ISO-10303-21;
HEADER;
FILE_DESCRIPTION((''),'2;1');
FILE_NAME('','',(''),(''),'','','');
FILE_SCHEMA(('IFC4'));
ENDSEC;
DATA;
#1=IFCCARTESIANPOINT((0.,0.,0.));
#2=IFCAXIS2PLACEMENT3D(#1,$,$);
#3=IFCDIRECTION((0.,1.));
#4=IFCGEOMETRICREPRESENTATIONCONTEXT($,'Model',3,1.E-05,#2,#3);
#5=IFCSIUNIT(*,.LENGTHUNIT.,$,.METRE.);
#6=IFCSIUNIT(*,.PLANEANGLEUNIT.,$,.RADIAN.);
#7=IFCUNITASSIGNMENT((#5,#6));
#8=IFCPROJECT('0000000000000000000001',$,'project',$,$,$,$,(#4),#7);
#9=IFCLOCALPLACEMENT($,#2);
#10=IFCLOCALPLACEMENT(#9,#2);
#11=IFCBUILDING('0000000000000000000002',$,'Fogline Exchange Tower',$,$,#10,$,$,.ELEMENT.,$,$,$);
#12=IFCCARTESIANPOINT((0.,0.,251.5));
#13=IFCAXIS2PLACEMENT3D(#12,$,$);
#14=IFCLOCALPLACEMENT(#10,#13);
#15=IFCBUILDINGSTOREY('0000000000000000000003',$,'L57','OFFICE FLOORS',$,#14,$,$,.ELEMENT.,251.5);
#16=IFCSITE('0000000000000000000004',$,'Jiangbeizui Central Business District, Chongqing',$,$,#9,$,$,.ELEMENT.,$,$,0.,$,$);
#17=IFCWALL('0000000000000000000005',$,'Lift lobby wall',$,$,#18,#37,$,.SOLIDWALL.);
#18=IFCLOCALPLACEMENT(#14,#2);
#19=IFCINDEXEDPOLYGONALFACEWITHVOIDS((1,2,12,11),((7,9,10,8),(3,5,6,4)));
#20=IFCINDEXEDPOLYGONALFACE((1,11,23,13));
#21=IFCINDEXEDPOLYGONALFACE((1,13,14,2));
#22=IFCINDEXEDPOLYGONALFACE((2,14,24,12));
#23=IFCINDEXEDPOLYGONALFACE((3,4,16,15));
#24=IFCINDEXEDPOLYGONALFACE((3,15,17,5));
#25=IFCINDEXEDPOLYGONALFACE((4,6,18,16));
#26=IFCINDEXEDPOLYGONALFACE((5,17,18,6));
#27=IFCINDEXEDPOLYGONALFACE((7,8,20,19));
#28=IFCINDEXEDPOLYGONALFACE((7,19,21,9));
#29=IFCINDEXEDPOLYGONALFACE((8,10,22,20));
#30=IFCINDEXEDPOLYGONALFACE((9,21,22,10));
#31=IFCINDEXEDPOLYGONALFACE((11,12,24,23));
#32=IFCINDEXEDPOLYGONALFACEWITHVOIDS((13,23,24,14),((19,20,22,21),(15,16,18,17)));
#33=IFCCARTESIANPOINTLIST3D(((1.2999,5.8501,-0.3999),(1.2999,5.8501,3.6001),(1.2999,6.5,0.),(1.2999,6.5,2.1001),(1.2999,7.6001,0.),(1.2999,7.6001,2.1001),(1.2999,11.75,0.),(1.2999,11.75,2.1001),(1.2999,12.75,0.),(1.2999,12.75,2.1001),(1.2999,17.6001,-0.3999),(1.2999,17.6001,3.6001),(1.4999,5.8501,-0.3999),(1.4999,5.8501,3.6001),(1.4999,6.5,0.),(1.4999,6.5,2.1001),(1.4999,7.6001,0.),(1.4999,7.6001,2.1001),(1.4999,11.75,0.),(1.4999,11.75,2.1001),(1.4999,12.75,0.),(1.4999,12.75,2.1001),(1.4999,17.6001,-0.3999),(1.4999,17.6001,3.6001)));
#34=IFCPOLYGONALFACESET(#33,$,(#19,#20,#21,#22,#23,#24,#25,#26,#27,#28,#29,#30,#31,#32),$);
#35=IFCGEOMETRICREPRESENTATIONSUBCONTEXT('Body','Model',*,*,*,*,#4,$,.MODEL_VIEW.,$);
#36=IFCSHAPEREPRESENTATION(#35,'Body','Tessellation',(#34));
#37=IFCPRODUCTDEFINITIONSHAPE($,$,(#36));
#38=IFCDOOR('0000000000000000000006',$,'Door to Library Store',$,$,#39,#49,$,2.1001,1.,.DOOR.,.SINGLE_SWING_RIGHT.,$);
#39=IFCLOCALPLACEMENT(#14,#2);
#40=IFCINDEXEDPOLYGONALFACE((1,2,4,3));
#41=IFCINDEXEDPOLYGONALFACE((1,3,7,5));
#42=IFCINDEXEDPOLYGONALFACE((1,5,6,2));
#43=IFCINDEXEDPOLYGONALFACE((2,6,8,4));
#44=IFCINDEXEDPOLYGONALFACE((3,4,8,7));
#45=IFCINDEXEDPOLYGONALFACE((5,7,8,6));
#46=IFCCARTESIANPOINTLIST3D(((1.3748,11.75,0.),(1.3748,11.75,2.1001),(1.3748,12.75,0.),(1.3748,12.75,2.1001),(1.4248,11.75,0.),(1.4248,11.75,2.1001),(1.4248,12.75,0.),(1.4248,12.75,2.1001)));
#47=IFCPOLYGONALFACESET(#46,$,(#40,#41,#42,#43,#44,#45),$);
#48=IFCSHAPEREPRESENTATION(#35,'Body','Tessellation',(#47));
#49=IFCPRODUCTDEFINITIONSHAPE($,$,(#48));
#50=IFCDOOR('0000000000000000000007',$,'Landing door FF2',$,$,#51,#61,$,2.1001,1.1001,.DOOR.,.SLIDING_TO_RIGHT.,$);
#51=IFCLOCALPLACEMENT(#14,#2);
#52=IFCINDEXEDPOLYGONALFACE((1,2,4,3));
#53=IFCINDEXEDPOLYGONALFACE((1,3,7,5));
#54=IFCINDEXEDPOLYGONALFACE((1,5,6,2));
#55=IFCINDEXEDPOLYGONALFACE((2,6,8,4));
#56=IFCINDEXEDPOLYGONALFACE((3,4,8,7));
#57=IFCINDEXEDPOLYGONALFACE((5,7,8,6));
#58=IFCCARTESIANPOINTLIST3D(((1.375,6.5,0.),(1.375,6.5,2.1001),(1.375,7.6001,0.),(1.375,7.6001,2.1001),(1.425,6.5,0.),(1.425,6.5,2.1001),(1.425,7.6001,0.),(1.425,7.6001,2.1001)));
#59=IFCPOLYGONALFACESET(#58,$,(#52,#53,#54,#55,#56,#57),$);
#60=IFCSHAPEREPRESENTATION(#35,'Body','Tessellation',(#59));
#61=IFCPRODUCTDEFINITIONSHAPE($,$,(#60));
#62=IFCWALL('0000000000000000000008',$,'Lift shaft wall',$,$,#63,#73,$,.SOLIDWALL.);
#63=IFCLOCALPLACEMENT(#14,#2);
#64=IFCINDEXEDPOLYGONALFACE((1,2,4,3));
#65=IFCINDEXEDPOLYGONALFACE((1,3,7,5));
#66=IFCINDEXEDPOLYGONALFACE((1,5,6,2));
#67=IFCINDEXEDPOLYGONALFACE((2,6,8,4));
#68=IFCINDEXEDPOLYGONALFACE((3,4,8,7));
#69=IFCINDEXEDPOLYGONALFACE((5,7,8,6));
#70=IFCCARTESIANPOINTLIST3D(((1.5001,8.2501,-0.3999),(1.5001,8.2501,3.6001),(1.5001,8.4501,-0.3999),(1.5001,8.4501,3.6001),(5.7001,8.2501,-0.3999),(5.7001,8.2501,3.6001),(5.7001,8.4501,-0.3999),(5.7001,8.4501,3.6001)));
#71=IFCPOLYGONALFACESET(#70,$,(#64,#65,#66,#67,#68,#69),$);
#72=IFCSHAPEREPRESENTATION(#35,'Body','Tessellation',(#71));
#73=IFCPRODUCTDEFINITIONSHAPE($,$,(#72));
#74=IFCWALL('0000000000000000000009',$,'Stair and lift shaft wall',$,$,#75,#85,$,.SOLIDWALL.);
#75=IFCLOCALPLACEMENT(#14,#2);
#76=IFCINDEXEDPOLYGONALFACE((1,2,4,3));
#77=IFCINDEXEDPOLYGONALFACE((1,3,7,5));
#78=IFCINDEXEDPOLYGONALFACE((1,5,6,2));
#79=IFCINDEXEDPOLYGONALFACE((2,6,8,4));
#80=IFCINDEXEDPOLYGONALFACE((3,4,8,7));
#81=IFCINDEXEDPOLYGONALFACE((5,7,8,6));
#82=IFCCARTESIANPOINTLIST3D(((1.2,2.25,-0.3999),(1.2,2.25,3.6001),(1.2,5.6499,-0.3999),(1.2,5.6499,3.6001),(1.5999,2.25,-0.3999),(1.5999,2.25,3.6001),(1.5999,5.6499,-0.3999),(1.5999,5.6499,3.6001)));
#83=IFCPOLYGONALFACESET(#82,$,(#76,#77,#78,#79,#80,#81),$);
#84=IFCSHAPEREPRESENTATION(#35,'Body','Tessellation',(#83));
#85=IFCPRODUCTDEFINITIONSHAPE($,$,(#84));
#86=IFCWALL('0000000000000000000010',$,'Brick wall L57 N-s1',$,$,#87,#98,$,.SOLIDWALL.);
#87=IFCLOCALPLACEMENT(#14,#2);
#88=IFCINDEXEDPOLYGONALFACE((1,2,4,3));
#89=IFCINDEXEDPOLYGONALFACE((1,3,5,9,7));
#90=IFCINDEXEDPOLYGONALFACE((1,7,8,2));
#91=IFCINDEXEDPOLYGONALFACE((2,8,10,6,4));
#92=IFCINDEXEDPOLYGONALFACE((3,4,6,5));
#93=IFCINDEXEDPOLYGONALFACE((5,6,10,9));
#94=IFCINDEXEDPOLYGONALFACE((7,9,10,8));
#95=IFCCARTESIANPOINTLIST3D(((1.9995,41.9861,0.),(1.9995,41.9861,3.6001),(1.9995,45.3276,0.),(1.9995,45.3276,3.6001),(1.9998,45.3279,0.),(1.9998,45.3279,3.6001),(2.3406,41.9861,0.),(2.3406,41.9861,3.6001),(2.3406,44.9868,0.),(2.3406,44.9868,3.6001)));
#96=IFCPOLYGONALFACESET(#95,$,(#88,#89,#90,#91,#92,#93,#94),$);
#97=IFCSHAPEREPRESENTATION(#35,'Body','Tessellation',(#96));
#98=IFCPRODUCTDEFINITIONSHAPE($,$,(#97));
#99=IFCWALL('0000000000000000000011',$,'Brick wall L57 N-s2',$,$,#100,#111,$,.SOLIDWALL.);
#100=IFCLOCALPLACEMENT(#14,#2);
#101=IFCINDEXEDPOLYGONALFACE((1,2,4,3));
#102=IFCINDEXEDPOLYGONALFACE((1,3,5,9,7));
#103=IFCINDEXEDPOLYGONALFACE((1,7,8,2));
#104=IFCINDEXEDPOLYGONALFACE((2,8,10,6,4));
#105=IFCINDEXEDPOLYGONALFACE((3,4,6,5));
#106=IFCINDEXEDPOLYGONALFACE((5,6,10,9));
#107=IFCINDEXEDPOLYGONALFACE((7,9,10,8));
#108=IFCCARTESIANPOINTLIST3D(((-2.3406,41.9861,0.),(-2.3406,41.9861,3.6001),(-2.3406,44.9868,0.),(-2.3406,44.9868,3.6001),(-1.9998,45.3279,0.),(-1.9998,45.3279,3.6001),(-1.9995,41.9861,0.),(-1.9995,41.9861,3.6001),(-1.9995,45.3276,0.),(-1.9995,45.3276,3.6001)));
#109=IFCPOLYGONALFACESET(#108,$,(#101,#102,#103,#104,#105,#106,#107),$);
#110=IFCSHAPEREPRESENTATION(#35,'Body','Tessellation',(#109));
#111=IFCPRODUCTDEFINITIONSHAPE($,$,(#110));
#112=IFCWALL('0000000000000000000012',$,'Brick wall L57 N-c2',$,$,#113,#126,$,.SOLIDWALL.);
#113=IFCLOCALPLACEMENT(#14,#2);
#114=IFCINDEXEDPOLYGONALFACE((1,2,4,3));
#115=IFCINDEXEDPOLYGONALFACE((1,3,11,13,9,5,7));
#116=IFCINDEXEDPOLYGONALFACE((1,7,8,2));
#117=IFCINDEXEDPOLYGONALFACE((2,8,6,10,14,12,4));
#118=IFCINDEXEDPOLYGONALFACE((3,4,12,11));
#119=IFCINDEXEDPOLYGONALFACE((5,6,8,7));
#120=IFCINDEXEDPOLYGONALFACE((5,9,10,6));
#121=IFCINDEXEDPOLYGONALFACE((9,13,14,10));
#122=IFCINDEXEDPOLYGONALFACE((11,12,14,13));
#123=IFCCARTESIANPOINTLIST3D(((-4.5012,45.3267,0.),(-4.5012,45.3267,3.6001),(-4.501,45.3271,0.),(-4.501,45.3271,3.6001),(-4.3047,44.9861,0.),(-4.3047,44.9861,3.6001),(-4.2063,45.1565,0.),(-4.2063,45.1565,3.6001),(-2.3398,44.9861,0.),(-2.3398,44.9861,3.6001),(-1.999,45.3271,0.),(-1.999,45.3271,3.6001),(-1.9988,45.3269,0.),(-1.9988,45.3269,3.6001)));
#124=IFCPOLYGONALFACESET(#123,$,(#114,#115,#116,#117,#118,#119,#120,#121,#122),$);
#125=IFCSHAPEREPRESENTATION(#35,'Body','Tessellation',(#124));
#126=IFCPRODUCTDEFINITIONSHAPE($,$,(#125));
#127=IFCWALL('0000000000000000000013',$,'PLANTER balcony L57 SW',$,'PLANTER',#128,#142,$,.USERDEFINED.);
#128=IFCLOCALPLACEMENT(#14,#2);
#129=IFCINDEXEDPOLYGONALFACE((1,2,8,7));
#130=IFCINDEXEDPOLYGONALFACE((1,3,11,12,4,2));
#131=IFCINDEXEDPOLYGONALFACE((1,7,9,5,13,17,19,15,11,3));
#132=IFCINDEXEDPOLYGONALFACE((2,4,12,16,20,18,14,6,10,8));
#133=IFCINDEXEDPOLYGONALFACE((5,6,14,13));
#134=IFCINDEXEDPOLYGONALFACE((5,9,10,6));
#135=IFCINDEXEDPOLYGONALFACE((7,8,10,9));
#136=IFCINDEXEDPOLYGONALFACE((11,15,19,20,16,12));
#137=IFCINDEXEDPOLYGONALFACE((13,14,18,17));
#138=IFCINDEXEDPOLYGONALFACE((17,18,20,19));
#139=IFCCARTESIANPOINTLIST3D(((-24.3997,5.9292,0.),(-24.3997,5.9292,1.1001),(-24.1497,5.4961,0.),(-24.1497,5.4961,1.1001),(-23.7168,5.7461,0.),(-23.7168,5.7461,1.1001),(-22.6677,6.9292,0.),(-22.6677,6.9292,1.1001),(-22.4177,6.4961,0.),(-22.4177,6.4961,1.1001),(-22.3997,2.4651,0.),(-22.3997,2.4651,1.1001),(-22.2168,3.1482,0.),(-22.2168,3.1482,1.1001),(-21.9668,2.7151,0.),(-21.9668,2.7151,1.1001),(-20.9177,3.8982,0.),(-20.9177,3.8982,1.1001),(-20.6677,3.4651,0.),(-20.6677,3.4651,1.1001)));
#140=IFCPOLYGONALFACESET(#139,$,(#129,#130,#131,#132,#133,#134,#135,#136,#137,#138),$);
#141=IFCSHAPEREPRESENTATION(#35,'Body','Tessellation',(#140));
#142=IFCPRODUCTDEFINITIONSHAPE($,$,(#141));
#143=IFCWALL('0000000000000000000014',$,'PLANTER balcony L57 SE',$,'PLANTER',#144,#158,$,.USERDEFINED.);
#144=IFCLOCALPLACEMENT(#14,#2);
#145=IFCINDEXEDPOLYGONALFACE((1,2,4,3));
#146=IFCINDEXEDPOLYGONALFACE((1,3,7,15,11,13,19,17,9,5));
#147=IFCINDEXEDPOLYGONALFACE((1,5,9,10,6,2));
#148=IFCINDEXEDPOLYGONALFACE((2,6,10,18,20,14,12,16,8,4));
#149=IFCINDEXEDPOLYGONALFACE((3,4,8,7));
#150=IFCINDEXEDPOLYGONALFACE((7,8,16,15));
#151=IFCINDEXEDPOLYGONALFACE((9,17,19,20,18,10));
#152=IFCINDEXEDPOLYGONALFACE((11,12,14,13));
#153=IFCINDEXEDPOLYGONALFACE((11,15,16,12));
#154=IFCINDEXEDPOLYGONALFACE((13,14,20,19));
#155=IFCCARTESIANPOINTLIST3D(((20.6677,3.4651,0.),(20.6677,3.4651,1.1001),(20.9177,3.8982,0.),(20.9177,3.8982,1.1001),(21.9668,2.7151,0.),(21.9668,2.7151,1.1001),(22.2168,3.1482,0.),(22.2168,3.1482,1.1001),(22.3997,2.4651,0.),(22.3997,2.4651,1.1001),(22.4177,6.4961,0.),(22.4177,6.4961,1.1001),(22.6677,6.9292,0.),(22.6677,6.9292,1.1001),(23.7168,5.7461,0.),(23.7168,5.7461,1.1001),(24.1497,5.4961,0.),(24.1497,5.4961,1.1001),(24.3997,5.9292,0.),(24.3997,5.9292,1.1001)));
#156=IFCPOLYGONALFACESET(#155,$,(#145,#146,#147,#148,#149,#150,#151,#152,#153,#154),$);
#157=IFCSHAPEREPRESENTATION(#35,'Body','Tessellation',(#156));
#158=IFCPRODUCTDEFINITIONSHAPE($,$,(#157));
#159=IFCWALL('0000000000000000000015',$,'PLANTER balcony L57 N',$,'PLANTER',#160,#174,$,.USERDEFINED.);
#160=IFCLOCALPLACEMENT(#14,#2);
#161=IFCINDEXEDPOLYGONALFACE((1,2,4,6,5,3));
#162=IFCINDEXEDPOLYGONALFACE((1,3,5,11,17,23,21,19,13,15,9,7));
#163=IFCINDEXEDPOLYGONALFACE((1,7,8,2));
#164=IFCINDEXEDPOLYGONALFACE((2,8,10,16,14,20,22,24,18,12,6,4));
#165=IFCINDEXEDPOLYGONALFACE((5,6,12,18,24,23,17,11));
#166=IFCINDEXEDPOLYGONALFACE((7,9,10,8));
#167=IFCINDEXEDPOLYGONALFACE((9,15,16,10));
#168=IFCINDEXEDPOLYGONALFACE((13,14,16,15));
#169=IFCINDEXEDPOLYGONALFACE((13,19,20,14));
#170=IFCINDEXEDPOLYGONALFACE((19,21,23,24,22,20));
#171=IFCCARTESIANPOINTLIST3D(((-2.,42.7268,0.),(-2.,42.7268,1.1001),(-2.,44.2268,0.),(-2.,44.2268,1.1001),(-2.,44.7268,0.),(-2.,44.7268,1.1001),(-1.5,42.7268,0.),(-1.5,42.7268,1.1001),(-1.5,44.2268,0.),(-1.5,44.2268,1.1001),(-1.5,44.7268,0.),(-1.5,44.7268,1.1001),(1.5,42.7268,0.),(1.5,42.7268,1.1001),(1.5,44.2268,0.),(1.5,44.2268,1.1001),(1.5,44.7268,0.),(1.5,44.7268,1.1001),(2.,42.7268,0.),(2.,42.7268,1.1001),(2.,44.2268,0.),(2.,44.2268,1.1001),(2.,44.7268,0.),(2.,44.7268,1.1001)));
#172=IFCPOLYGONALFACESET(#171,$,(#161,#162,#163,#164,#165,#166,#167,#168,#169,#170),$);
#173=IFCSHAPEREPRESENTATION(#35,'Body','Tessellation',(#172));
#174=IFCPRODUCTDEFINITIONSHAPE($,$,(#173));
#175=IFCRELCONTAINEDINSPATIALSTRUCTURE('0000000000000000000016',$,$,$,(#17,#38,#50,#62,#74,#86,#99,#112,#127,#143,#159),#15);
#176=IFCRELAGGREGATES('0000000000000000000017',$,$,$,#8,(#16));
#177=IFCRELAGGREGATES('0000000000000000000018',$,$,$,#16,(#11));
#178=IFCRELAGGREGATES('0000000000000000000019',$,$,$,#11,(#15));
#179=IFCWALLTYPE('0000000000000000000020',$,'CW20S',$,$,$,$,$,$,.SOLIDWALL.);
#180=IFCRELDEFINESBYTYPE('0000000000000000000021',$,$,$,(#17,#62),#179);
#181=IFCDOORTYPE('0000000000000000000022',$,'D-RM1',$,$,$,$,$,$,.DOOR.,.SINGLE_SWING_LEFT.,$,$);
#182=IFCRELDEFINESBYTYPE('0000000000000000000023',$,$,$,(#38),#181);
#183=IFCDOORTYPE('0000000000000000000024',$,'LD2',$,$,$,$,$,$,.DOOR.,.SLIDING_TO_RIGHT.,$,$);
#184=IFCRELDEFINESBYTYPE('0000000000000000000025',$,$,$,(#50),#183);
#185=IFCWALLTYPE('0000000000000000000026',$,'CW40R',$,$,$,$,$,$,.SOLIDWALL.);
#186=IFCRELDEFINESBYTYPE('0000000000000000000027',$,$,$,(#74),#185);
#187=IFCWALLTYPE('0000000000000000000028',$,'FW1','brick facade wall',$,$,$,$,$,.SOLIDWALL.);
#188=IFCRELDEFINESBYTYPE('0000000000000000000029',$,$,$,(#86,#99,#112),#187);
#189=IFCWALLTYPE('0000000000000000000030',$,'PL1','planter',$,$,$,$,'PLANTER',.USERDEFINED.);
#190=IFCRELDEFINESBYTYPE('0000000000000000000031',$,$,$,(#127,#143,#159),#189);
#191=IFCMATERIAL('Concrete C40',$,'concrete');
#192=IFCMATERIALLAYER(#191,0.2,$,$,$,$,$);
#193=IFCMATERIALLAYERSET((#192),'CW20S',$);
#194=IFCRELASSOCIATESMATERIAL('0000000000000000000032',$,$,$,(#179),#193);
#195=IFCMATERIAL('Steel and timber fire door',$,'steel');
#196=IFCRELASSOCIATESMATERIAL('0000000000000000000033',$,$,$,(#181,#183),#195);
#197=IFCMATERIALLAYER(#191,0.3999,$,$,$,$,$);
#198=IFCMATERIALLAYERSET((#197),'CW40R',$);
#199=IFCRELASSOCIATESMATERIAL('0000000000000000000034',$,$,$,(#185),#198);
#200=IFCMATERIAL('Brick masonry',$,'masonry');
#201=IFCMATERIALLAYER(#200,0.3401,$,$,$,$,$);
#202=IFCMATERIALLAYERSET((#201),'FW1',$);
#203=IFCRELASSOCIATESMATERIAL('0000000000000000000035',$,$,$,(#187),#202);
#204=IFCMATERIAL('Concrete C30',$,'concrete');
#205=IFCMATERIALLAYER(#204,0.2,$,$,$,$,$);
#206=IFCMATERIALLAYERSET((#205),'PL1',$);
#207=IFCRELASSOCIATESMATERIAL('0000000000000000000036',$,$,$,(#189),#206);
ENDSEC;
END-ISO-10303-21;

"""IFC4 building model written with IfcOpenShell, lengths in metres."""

from ifc_helpers import new_model, si_unit, direction, frame, frame_2d, origin, place, context, subcontext, project, spatial, polyline, rectangle, outline, extrude, material, layer, layer_set, type_object, element, fill, save


model = new_model("IFC4")

# Units and contexts
model_context = context("Model", 3, precision=1e-05, world=origin(), true_north=direction((0.0, 1.0)))
body_context = subcontext(model_context, "Body", "Model", "MODEL_VIEW")
ifc_project = project(units=[si_unit("LENGTHUNIT", "METRE"), si_unit("PLANEANGLEUNIT", "RADIAN")], contexts=[model_context])

# Site, building, storey
site_placement = place(None, origin())
site = spatial("IfcSite", under=ifc_project, at=site_placement, Name="Jiangbeizui Central Business District, Chongqing", CompositionType="ELEMENT", RefElevation=0.0)
building_placement = place(site_placement, origin())
building = spatial("IfcBuilding", under=site, at=building_placement, Name="Fogline Exchange Tower", CompositionType="ELEMENT")
storey_placement = place(building_placement, frame((0.0, 0.0, 251.5)))
storey = spatial("IfcBuildingStorey", under=building, at=storey_placement, Name="L57", Description="OFFICE FLOORS", CompositionType="ELEMENT", Elevation=251.5)

# Shared definitions
ifc_material_1 = material(Name="Concrete C40", Category="concrete")

# Shared definitions
ifc_material_2 = material(Name="Steel and timber fire door", Category="steel")

# Shared definitions
ifc_layer_1 = layer(ifc_material_1, 0.2)
ifc_layer_set_1 = layer_set([ifc_layer_1], Name="CW20S")
wall_type_1 = type_object("IfcWallType", Name="CW20S", PredefinedType="SOLIDWALL", material=ifc_layer_set_1)

# Wall, openings, doors
wall_1_placement = place(storey_placement, frame((1.3999, 5.8501, -0.3999), z_axis=(0.0, 0.0, 1.0), x_axis=(0.0, 1.0, 0.0)))
wall_1 = element("IfcWall", 1, at=wall_1_placement, inside=storey, type_object=wall_type_1, Name="Lift lobby wall", PredefinedType="SOLIDWALL", context=body_context, shape_type="SweptSolid", body=[
    extrude(rectangle(XDim=11.75, YDim=0.2, at=frame_2d((5.875, 0.0))), origin(), (0.0, 0.0, 1.0), 4.0),
])
opening_1_placement = place(wall_1_placement, frame((0.6499, 0.0, 0.3999)))
opening_1 = element("IfcOpeningElement", 2, at=opening_1_placement, cuts=wall_1, PredefinedType="OPENING", context=body_context, shape_type="SweptSolid", body=[
    extrude(rectangle(XDim=1.1001, YDim=2.1001, at=frame_2d((0.55, 1.05))), frame((0.0, 0.1099, 0.0), z_axis=(0.0, -1.0, 0.0), x_axis=(1.0, 0.0, 0.0)), (0.0, 0.0, 1.0), 0.22),
])
opening_2_placement = place(wall_1_placement, frame((5.8999, 0.0, 0.3999)))
opening_2 = element("IfcOpeningElement", 3, at=opening_2_placement, cuts=wall_1, PredefinedType="OPENING", context=body_context, shape_type="SweptSolid", body=[
    extrude(rectangle(XDim=1.0, YDim=2.1001, at=frame_2d((0.5, 1.05))), frame((0.0, 0.1099, 0.0), z_axis=(0.0, -1.0, 0.0), x_axis=(1.0, 0.0, 0.0)), (0.0, 0.0, 1.0), 0.22),
])
door_type_1 = type_object("IfcDoorType", Name="D-RM1", OperationType="SINGLE_SWING_LEFT", PredefinedType="DOOR", material=ifc_material_2)
door_1_placement = place(opening_2_placement, frame((1.0, 0.0, 0.0), z_axis=(0.0, 0.0, 1.0), x_axis=(-1.0, 0.0, 0.0)))
door_1 = element("IfcDoor", 4, at=door_1_placement, inside=storey, type_object=door_type_1, Name="Door to Library Store", OperationType="SINGLE_SWING_RIGHT", OverallHeight=2.1001, OverallWidth=1.0, PredefinedType="DOOR", context=body_context, shape_type="SweptSolid", body=[
    extrude(rectangle(XDim=1.0, YDim=2.1001, at=frame_2d((0.5, 1.05))), frame((0.0, 0.0249, 0.0), z_axis=(0.0, -1.0, 0.0), x_axis=(1.0, 0.0, 0.0)), (0.0, 0.0, 1.0), 0.05),
])
fill(opening_2, door_1)
door_type_2 = type_object("IfcDoorType", Name="LD2", OperationType="SLIDING_TO_RIGHT", PredefinedType="DOOR", material=ifc_material_2)
door_2_placement = place(opening_1_placement, origin())
door_2 = element("IfcDoor", 5, at=door_2_placement, inside=storey, type_object=door_type_2, Name="Landing door FF2", OperationType="SLIDING_TO_RIGHT", OverallHeight=2.1001, OverallWidth=1.1001, PredefinedType="DOOR", context=body_context, shape_type="SweptSolid", body=[
    extrude(rectangle(XDim=1.1001, YDim=2.1001, at=frame_2d((0.55, 1.05))), frame((0.0, 0.0249, 0.0), z_axis=(0.0, -1.0, 0.0), x_axis=(1.0, 0.0, 0.0)), (0.0, 0.0, 1.0), 0.05),
])
fill(opening_1, door_2)

# Walls
wall_2_placement = place(storey_placement, frame((1.5, 8.3501, -0.3999), z_axis=(0.0, 0.0, 1.0), x_axis=(1.0, 0.0, 0.0)))
element("IfcWall", 6, at=wall_2_placement, inside=storey, type_object=wall_type_1, Name="Lift shaft wall", PredefinedType="SOLIDWALL", context=body_context, shape_type="SweptSolid", body=[
    extrude(rectangle(XDim=4.2, YDim=0.2, at=frame_2d((2.1001, 0.0))), origin(), (0.0, 0.0, 1.0), 4.0),
])
ifc_layer_2 = layer(ifc_material_1, 0.3999)
ifc_layer_set_2 = layer_set([ifc_layer_2], Name="CW40R")
wall_type_2 = type_object("IfcWallType", Name="CW40R", PredefinedType="SOLIDWALL", material=ifc_layer_set_2)
wall_3_placement = place(storey_placement, frame((1.3999, 2.25, -0.3999), z_axis=(0.0, 0.0, 1.0), x_axis=(0.0, 1.0, 0.0)))
element("IfcWall", 7, at=wall_3_placement, inside=storey, type_object=wall_type_2, Name="Stair and lift shaft wall", PredefinedType="SOLIDWALL", context=body_context, shape_type="SweptSolid", body=[
    extrude(rectangle(XDim=3.3999, YDim=0.3999, at=frame_2d((1.7, 0.0))), origin(), (0.0, 0.0, 1.0), 4.0),
])
ifc_material_3 = material(Name="Brick masonry", Category="masonry")
ifc_layer_3 = layer(ifc_material_3, 0.3401)
ifc_layer_set_3 = layer_set([ifc_layer_3], Name="FW1")
wall_type_3 = type_object("IfcWallType", Name="FW1", Description="brick facade wall", PredefinedType="SOLIDWALL", material=ifc_layer_set_3)
wall_4_placement = place(storey_placement, origin())
element("IfcWall", 8, at=wall_4_placement, inside=storey, type_object=wall_type_3, Name="Brick wall L57 N-s1", PredefinedType="SOLIDWALL", context=body_context, shape_type="SweptSolid", body=[
    extrude(outline(polyline([(2.3406, 41.9861), (1.9995, 41.9861), (1.9995, 45.3276), (1.9998, 45.3279), (2.3406, 44.9868), (2.3406, 41.9861)])), origin(), (0.0, 0.0, 1.0), 3.6001),
])
wall_5_placement = place(storey_placement, origin())
element("IfcWall", 9, at=wall_5_placement, inside=storey, type_object=wall_type_3, Name="Brick wall L57 N-s2", PredefinedType="SOLIDWALL", context=body_context, shape_type="SweptSolid", body=[
    extrude(outline(polyline([(-1.9995, 45.3276), (-1.9995, 41.9861), (-2.3406, 41.9861), (-2.3406, 44.9868), (-1.9998, 45.3279), (-1.9995, 45.3276)])), origin(), (0.0, 0.0, 1.0), 3.6001),
])
wall_6_placement = place(storey_placement, origin())
element("IfcWall", 10, at=wall_6_placement, inside=storey, type_object=wall_type_3, Name="Brick wall L57 N-c2", PredefinedType="SOLIDWALL", context=body_context, shape_type="SweptSolid", body=[
    extrude(outline(polyline([(-4.3047, 44.9861), (-4.2063, 45.1565), (-4.5012, 45.3267), (-4.501, 45.3271), (-1.999, 45.3271), (-1.9988, 45.3269), (-2.3398, 44.9861), (-4.3047, 44.9861)])), origin(), (0.0, 0.0, 1.0), 3.6001),
])
ifc_material_4 = material(Name="Concrete C30", Category="concrete")
ifc_layer_4 = layer(ifc_material_4, 0.2)
ifc_layer_set_4 = layer_set([ifc_layer_4], Name="PL1")
wall_type_4 = type_object("IfcWallType", Name="PL1", Description="planter", ElementType="PLANTER", PredefinedType="USERDEFINED", material=ifc_layer_set_4)
wall_7_placement = place(storey_placement, origin())
element("IfcWall", 11, at=wall_7_placement, inside=storey, type_object=wall_type_4, Name="PLANTER balcony L57 SW", ObjectType="PLANTER", PredefinedType="USERDEFINED", context=body_context, shape_type="SweptSolid", body=[
    extrude(outline(polyline([(-20.9177, 3.8982), (-22.2168, 3.1482), (-23.7168, 5.7461), (-22.4177, 6.4961), (-22.6677, 6.9292), (-24.3997, 5.9292), (-24.1497, 5.4961), (-22.3997, 2.4651), (-21.9668, 2.7151), (-21.9668, 2.7151), (-20.6677, 3.4651), (-20.9177, 3.8982)])), origin(), (0.0, 0.0, 1.0), 1.1001),
])
wall_8_placement = place(storey_placement, origin())
element("IfcWall", 12, at=wall_8_placement, inside=storey, type_object=wall_type_4, Name="PLANTER balcony L57 SE", ObjectType="PLANTER", PredefinedType="USERDEFINED", context=body_context, shape_type="SweptSolid", body=[
    extrude(outline(polyline([(20.6677, 3.4651), (21.9668, 2.7151), (21.9668, 2.7151), (22.3997, 2.4651), (24.1497, 5.4961), (24.3997, 5.9292), (22.6677, 6.9292), (22.4177, 6.4961), (23.7168, 5.7461), (22.2168, 3.1482), (20.9177, 3.8982), (20.6677, 3.4651)])), origin(), (0.0, 0.0, 1.0), 1.1001),
])
wall_9_placement = place(storey_placement, origin())
element("IfcWall", 13, at=wall_9_placement, inside=storey, type_object=wall_type_4, Name="PLANTER balcony L57 N", ObjectType="PLANTER", PredefinedType="USERDEFINED", context=body_context, shape_type="SweptSolid", body=[
    extrude(outline(polyline([(-1.5, 44.7268), (-2.0, 44.7268), (-2.0, 44.2268), (-2.0, 42.7268), (-1.5, 42.7268), (-1.5, 44.2268), (1.5, 44.2268), (1.5, 42.7268), (2.0, 42.7268), (2.0, 44.2268), (2.0, 44.7268), (1.5, 44.7268), (-1.5, 44.7268)])), origin(), (0.0, 0.0, 1.0), 1.1001),
])

save(model, "model.ifc")
